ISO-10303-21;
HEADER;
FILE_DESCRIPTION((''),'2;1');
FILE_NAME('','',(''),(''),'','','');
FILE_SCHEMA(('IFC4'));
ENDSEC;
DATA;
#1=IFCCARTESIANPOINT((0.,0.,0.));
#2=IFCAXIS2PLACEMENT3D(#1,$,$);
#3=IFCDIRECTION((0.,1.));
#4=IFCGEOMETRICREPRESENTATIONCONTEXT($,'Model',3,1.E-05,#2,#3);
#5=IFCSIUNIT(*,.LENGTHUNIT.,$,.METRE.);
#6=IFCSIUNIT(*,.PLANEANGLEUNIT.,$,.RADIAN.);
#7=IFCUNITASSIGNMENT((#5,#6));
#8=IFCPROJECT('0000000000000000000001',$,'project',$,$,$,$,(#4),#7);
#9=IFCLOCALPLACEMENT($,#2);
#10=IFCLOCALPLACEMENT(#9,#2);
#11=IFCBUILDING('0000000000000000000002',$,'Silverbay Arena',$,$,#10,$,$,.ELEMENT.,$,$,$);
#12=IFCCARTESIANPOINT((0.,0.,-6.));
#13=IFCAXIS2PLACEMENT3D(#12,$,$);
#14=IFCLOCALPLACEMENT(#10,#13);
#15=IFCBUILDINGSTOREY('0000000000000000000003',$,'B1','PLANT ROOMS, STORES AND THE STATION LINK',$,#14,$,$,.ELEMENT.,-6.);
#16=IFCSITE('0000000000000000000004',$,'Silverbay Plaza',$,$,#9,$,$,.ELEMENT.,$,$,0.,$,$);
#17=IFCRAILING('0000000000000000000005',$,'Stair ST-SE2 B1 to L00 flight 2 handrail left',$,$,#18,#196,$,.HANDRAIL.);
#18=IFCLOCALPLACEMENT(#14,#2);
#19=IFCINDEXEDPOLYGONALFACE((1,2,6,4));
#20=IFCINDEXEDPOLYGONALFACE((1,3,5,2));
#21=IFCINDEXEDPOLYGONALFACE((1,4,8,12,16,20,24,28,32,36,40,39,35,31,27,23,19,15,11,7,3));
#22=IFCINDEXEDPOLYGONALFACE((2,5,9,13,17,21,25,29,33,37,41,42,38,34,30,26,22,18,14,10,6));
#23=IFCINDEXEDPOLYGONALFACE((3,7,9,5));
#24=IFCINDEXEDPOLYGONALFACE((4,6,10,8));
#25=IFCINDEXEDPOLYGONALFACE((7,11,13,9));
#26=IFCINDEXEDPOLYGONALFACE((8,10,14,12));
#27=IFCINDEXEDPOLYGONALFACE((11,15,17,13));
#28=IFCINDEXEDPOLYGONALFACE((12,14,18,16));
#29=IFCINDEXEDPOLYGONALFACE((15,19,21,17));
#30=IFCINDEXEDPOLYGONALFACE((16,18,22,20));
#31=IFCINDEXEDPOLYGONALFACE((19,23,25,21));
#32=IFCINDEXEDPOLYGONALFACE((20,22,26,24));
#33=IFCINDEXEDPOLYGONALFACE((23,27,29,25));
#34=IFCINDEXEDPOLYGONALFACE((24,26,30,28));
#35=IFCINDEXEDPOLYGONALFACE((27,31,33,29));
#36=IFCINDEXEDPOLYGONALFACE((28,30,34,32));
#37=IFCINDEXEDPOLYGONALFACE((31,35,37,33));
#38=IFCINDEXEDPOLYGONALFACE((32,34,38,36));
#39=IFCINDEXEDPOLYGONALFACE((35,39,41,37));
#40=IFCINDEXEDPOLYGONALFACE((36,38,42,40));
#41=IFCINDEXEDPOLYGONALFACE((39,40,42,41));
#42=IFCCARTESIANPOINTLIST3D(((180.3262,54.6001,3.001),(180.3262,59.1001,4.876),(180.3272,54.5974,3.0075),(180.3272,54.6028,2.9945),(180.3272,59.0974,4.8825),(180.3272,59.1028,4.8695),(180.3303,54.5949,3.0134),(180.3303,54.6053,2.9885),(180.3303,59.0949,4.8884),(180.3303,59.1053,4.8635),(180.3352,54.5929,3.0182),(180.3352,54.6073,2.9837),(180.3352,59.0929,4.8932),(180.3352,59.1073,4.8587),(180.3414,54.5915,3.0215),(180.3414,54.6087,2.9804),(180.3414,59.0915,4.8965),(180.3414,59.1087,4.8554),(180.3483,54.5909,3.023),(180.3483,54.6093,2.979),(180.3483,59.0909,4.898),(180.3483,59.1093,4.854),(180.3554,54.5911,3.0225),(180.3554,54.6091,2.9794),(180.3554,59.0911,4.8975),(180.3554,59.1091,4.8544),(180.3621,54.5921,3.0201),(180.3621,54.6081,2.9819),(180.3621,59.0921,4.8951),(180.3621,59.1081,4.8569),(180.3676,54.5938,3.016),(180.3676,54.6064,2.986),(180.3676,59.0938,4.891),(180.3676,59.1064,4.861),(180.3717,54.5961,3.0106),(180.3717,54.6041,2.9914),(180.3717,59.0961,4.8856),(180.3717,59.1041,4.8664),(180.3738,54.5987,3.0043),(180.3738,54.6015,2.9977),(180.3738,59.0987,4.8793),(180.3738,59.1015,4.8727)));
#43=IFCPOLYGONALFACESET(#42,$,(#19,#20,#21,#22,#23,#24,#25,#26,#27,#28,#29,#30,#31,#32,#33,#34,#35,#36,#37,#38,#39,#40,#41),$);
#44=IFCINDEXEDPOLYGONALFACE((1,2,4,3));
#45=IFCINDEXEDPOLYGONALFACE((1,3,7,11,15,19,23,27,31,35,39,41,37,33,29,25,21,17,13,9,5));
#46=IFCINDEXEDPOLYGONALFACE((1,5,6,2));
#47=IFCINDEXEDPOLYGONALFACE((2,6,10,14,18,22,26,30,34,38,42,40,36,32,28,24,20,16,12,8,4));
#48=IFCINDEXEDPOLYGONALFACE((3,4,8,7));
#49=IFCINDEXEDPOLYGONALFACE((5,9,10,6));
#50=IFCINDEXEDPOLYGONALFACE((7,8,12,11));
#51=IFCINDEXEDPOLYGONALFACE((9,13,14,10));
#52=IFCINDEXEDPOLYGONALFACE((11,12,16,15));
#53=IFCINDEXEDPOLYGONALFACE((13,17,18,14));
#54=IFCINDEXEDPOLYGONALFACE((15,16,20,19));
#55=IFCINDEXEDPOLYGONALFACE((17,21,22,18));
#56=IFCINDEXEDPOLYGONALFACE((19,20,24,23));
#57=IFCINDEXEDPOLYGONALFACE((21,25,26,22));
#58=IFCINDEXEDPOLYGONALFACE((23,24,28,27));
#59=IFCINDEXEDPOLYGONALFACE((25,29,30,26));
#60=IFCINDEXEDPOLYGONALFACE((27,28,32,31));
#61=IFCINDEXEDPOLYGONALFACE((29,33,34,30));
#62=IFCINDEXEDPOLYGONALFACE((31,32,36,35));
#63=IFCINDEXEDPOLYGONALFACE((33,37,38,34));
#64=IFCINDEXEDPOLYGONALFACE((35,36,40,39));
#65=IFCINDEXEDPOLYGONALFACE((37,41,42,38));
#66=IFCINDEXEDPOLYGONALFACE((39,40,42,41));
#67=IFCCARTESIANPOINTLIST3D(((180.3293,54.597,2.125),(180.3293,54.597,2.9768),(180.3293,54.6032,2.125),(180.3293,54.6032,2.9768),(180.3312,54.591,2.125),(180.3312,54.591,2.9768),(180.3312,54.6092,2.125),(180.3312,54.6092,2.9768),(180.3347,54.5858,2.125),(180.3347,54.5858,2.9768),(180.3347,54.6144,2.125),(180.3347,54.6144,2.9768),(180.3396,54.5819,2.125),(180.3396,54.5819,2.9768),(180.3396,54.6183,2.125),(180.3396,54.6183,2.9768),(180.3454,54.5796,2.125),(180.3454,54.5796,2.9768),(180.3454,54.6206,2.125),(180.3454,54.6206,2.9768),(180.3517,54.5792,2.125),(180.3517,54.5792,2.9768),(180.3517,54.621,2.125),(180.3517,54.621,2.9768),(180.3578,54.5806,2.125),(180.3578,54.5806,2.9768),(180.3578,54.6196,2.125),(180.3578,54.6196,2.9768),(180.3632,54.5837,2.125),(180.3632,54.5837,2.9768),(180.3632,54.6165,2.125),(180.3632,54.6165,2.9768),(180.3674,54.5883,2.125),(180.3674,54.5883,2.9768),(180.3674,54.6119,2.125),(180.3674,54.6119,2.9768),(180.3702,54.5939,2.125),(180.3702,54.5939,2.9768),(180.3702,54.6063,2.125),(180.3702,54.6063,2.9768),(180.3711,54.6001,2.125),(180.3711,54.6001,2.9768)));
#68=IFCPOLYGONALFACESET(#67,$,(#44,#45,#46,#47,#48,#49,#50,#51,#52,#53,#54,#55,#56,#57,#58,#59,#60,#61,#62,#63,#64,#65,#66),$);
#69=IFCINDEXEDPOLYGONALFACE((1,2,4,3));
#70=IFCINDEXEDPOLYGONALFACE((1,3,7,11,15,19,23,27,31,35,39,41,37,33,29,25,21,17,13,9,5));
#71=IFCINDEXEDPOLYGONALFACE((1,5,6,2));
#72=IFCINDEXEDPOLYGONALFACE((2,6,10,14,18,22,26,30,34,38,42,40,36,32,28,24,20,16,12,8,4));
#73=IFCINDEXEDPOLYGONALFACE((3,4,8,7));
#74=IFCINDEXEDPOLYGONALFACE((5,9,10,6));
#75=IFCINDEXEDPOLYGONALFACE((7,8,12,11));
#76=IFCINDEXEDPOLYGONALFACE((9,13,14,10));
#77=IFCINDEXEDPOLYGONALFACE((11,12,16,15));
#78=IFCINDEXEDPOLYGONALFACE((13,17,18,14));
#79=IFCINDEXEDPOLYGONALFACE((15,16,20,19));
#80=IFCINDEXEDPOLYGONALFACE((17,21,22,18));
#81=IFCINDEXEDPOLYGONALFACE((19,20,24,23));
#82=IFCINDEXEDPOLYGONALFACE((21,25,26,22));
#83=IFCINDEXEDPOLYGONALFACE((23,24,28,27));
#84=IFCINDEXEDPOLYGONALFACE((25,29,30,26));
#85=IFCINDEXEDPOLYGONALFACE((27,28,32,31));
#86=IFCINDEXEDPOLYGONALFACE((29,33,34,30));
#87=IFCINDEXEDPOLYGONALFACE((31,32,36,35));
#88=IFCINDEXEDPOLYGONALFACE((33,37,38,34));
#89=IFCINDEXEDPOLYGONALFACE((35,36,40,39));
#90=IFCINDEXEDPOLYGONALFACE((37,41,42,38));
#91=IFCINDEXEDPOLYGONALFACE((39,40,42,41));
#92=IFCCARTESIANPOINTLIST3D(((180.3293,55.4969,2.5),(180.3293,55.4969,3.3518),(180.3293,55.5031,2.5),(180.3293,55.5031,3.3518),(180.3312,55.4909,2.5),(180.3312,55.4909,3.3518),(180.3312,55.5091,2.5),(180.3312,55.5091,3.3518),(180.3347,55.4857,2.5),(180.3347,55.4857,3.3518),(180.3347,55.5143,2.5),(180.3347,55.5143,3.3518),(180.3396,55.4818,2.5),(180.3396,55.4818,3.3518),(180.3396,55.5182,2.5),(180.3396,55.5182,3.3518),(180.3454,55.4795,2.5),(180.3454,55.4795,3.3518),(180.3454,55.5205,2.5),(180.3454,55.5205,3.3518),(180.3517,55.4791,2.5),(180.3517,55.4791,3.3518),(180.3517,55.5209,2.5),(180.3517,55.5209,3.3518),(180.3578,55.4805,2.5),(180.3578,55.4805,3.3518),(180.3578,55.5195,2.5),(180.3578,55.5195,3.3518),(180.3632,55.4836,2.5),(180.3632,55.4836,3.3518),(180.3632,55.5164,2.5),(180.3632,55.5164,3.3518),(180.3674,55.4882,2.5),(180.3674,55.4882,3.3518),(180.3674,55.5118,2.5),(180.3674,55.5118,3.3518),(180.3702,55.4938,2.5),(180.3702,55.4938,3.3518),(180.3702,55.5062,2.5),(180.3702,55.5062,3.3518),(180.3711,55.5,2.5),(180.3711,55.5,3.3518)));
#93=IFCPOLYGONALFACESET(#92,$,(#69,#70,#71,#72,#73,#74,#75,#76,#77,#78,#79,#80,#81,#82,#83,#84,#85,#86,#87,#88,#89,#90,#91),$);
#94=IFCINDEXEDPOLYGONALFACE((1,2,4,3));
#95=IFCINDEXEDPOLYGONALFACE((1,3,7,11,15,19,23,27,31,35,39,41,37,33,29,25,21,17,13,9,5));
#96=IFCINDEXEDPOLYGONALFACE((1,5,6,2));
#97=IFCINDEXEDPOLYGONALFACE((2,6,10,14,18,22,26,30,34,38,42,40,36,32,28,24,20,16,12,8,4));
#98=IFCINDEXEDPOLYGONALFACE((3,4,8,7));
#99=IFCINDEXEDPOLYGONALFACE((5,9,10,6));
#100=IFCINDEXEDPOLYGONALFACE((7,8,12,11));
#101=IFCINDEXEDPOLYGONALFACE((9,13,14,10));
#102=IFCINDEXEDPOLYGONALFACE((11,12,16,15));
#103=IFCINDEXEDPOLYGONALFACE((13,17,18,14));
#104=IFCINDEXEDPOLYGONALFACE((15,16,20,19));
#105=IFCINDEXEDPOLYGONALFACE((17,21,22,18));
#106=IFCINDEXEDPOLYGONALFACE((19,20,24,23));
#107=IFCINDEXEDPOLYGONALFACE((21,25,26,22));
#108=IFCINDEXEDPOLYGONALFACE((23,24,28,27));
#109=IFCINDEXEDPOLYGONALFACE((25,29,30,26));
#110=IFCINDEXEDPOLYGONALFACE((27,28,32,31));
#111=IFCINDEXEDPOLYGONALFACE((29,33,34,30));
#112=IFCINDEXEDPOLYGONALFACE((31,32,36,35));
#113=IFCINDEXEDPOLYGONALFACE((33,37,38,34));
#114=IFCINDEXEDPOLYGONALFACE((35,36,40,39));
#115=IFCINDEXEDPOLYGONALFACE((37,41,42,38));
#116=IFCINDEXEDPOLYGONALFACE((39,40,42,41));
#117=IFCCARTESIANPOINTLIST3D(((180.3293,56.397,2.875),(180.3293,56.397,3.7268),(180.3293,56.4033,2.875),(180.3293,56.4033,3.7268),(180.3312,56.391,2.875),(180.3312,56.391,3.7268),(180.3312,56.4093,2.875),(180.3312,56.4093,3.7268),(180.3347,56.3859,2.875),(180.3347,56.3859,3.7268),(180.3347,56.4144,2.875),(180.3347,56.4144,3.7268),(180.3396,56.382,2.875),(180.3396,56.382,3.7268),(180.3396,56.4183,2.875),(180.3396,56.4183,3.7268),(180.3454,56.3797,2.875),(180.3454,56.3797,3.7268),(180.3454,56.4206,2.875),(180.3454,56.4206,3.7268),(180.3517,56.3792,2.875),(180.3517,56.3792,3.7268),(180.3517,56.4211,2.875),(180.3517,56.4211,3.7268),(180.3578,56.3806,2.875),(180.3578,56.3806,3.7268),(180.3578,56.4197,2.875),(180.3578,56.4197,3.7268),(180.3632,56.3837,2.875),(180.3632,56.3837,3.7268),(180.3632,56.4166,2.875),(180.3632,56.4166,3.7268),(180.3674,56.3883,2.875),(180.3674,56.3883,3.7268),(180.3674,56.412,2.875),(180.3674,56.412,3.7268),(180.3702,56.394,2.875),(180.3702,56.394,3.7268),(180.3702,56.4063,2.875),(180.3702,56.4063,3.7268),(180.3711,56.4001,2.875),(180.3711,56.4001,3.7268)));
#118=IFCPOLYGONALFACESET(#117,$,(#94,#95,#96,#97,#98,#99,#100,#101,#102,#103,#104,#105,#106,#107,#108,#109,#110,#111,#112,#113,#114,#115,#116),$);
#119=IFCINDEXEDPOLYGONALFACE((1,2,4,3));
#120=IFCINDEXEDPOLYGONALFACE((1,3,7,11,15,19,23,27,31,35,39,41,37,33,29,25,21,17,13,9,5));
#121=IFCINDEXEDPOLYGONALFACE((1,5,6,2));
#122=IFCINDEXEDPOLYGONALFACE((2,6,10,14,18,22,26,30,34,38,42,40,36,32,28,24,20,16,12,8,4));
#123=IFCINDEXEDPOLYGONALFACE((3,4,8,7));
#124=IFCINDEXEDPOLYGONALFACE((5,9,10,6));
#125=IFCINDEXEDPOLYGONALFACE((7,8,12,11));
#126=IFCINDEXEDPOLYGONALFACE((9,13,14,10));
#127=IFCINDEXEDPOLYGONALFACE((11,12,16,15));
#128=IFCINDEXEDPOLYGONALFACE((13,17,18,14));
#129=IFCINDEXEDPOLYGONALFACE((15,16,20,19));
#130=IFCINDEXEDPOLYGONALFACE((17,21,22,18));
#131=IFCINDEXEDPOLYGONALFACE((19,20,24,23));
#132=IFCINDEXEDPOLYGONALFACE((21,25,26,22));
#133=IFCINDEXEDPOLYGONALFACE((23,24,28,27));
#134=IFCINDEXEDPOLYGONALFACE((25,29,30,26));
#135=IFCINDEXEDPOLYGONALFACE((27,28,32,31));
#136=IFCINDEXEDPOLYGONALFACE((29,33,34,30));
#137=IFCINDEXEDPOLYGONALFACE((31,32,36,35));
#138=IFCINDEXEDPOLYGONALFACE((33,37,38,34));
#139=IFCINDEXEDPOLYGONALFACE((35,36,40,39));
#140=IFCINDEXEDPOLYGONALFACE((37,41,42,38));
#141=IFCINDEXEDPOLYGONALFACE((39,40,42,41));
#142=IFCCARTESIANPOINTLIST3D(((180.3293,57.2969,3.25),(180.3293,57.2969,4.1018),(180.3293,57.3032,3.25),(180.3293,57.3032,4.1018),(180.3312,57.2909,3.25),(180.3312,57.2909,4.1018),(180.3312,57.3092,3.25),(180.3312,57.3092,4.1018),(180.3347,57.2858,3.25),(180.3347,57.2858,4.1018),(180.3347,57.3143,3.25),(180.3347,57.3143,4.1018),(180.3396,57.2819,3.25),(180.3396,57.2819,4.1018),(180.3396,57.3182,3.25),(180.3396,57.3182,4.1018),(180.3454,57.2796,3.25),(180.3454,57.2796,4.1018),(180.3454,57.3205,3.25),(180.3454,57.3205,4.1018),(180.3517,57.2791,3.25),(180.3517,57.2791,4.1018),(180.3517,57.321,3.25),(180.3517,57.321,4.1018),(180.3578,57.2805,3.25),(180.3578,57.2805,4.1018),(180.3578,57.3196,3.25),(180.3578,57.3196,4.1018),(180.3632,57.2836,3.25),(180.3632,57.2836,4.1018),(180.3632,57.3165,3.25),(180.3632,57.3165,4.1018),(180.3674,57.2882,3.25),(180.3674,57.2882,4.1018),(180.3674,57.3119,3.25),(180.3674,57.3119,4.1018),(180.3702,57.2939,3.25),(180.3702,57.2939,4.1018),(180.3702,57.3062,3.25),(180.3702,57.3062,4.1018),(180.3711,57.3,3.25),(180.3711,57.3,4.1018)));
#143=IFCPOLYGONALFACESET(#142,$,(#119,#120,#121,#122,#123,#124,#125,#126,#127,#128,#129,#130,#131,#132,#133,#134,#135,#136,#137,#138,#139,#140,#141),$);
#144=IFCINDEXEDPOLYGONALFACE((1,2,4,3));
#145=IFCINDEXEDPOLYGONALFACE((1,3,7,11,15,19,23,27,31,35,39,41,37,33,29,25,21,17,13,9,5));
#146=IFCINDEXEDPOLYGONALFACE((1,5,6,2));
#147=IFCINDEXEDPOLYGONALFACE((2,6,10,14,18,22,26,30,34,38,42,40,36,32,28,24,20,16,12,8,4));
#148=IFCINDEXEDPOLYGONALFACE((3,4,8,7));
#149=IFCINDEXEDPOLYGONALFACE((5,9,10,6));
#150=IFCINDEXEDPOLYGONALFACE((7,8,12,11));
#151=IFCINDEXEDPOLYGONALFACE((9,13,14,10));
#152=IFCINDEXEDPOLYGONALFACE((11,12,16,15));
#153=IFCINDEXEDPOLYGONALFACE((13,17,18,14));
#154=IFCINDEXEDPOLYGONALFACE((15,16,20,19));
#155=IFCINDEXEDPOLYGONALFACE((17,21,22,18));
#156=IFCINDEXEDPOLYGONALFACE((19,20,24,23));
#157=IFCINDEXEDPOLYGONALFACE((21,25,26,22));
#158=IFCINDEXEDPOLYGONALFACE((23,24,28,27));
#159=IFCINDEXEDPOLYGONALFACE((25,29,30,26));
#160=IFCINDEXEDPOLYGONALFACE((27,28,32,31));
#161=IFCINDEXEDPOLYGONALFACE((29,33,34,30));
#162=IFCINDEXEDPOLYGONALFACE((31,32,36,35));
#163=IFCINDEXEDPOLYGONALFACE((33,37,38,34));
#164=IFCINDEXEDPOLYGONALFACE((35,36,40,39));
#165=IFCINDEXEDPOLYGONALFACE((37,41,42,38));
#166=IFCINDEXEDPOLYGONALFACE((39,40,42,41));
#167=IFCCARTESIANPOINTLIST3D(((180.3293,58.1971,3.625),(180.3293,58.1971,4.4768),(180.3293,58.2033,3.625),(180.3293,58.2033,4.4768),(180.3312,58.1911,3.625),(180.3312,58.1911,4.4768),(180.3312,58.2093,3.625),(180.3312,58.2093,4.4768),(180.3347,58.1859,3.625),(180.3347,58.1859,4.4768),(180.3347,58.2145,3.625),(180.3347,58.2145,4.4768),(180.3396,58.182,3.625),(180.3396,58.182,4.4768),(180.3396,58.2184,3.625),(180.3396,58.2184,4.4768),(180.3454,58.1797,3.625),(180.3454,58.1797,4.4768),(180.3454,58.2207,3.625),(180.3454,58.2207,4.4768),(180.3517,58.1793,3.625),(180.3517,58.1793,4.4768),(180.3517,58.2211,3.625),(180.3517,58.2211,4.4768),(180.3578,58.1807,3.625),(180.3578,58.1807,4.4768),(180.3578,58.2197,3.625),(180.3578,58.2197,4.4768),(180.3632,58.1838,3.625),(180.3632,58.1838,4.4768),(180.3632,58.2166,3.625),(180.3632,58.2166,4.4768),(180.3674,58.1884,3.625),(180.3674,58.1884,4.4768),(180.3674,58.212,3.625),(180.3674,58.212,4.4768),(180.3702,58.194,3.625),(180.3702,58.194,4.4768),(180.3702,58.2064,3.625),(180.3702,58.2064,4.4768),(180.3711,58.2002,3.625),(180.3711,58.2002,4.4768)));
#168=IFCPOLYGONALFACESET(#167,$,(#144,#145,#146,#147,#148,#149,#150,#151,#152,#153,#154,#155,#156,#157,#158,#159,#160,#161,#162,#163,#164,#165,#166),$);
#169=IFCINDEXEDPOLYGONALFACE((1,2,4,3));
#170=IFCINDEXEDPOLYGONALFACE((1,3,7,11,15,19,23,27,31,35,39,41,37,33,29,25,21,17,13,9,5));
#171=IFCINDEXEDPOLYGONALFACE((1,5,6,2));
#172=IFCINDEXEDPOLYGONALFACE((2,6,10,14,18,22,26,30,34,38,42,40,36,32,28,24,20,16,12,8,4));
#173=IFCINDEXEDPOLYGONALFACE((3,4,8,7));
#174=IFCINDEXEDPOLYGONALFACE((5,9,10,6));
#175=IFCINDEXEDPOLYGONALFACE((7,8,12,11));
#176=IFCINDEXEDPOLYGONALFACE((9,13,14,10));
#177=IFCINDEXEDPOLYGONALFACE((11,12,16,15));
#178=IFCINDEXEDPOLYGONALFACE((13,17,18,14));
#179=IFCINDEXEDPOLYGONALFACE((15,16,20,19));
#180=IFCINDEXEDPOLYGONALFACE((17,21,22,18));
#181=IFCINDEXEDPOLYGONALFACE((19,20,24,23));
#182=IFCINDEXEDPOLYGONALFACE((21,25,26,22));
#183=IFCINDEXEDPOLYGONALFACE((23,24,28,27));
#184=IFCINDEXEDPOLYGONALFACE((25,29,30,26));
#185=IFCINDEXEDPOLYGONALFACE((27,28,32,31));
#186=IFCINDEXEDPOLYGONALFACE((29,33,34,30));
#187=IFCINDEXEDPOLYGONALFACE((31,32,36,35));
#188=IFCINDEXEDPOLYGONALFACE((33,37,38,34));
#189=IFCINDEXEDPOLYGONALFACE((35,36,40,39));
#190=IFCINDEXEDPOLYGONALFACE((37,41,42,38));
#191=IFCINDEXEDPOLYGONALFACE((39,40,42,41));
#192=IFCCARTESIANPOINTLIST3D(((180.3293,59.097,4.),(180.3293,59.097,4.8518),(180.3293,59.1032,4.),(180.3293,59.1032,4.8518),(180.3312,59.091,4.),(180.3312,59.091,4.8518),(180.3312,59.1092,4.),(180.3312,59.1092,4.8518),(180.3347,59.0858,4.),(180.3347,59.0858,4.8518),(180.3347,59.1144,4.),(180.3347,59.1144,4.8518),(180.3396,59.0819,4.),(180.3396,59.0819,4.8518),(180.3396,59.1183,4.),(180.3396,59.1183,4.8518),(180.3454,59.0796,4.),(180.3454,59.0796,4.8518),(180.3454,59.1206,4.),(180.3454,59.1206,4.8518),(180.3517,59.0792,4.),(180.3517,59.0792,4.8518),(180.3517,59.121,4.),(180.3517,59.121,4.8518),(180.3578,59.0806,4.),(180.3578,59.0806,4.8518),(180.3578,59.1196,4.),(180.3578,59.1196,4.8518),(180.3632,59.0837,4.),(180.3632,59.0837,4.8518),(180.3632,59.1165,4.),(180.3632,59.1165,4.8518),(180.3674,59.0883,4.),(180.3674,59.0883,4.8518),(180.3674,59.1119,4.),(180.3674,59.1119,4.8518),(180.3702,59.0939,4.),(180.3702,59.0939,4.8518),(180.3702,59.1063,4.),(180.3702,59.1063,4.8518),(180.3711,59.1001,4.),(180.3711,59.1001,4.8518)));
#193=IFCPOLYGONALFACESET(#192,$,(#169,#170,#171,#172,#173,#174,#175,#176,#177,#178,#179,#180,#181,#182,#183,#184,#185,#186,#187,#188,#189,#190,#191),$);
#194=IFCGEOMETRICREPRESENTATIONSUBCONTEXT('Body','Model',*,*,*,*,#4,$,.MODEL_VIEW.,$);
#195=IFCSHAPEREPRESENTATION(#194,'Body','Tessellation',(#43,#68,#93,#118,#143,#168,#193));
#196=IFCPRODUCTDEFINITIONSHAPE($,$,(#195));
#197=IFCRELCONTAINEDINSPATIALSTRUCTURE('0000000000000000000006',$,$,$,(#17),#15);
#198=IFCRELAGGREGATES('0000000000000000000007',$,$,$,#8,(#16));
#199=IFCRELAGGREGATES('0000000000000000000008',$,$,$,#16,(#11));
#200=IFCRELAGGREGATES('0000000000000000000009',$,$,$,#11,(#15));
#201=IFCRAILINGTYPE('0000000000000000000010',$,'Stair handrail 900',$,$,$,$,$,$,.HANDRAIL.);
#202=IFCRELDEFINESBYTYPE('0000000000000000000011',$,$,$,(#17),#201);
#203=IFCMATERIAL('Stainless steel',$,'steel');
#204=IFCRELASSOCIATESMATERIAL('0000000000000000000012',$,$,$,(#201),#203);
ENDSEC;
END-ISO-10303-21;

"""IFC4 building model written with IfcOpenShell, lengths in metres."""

from ifc_helpers import new_model, si_unit, direction, frame, origin, origin_2d, place, context, subcontext, project, spatial, circle, extrude, material, type_object, element, save


model = new_model("IFC4")

# Units and contexts
model_context = context("Model", 3, precision=1e-05, world=origin(), true_north=direction((0.0, 1.0)))
body_context = subcontext(model_context, "Body", "Model", "MODEL_VIEW")
ifc_project = project(units=[si_unit("LENGTHUNIT", "METRE"), si_unit("PLANEANGLEUNIT", "RADIAN")], contexts=[model_context])

# Site, building, storey
site_placement = place(None, origin())
site = spatial("IfcSite", under=ifc_project, at=site_placement, Name="Silverbay Plaza", CompositionType="ELEMENT", RefElevation=0.0)
building_placement = place(site_placement, origin())
building = spatial("IfcBuilding", under=site, at=building_placement, Name="Silverbay Arena", CompositionType="ELEMENT")
storey_placement = place(building_placement, frame((0.0, 0.0, -6.0)))
storey = spatial("IfcBuildingStorey", under=building, at=storey_placement, Name="B1", Description="PLANT ROOMS, STORES AND THE STATION LINK", CompositionType="ELEMENT", Elevation=-6.0)

# Railing
ifc_material_1 = material(Name="Stainless steel", Category="steel")
railing_type_1 = type_object("IfcRailingType", Name="Stair handrail 900", PredefinedType="HANDRAIL", material=ifc_material_1)
for number, where, name in (
    (1, (180.3501, 54.6001, 2.125), "Stair ST-SE2 B1 to L00 flight 2 handrail left"),
):
    element("IfcRailing", number, at=place(storey_placement, frame(where)), inside=storey, type_object=railing_type_1, Name=name, PredefinedType="HANDRAIL", context=body_context, shape_type="SweptSolid", body=[
        extrude(circle(Radius=0.0239, at=origin_2d()), frame((0.0, 0.0, 0.876), z_axis=(0.0, 0.923077, 0.384615), x_axis=(-1.0, 0.0, 0.0)), (0.0, 0.0, 1.0), 4.875),
        extrude(circle(Radius=0.021, at=origin_2d()), origin(), (0.0, 0.0, 1.0), 0.8518),
        extrude(circle(Radius=0.021, at=origin_2d()), frame((0.0, 0.8999, 0.375)), (0.0, 0.0, 1.0), 0.8518),
        extrude(circle(Radius=0.021, at=origin_2d()), frame((0.0, 1.8, 0.75)), (0.0, 0.0, 1.0), 0.8518),
        extrude(circle(Radius=0.021, at=origin_2d()), frame((0.0, 2.7, 1.125)), (0.0, 0.0, 1.0), 0.8518),
        extrude(circle(Radius=0.021, at=origin_2d()), frame((0.0, 3.6001, 1.5)), (0.0, 0.0, 1.0), 0.8518),
        extrude(circle(Radius=0.021, at=origin_2d()), frame((0.0, 4.5, 1.875)), (0.0, 0.0, 1.0), 0.8518),
    ])

save(model, "model.ifc")
